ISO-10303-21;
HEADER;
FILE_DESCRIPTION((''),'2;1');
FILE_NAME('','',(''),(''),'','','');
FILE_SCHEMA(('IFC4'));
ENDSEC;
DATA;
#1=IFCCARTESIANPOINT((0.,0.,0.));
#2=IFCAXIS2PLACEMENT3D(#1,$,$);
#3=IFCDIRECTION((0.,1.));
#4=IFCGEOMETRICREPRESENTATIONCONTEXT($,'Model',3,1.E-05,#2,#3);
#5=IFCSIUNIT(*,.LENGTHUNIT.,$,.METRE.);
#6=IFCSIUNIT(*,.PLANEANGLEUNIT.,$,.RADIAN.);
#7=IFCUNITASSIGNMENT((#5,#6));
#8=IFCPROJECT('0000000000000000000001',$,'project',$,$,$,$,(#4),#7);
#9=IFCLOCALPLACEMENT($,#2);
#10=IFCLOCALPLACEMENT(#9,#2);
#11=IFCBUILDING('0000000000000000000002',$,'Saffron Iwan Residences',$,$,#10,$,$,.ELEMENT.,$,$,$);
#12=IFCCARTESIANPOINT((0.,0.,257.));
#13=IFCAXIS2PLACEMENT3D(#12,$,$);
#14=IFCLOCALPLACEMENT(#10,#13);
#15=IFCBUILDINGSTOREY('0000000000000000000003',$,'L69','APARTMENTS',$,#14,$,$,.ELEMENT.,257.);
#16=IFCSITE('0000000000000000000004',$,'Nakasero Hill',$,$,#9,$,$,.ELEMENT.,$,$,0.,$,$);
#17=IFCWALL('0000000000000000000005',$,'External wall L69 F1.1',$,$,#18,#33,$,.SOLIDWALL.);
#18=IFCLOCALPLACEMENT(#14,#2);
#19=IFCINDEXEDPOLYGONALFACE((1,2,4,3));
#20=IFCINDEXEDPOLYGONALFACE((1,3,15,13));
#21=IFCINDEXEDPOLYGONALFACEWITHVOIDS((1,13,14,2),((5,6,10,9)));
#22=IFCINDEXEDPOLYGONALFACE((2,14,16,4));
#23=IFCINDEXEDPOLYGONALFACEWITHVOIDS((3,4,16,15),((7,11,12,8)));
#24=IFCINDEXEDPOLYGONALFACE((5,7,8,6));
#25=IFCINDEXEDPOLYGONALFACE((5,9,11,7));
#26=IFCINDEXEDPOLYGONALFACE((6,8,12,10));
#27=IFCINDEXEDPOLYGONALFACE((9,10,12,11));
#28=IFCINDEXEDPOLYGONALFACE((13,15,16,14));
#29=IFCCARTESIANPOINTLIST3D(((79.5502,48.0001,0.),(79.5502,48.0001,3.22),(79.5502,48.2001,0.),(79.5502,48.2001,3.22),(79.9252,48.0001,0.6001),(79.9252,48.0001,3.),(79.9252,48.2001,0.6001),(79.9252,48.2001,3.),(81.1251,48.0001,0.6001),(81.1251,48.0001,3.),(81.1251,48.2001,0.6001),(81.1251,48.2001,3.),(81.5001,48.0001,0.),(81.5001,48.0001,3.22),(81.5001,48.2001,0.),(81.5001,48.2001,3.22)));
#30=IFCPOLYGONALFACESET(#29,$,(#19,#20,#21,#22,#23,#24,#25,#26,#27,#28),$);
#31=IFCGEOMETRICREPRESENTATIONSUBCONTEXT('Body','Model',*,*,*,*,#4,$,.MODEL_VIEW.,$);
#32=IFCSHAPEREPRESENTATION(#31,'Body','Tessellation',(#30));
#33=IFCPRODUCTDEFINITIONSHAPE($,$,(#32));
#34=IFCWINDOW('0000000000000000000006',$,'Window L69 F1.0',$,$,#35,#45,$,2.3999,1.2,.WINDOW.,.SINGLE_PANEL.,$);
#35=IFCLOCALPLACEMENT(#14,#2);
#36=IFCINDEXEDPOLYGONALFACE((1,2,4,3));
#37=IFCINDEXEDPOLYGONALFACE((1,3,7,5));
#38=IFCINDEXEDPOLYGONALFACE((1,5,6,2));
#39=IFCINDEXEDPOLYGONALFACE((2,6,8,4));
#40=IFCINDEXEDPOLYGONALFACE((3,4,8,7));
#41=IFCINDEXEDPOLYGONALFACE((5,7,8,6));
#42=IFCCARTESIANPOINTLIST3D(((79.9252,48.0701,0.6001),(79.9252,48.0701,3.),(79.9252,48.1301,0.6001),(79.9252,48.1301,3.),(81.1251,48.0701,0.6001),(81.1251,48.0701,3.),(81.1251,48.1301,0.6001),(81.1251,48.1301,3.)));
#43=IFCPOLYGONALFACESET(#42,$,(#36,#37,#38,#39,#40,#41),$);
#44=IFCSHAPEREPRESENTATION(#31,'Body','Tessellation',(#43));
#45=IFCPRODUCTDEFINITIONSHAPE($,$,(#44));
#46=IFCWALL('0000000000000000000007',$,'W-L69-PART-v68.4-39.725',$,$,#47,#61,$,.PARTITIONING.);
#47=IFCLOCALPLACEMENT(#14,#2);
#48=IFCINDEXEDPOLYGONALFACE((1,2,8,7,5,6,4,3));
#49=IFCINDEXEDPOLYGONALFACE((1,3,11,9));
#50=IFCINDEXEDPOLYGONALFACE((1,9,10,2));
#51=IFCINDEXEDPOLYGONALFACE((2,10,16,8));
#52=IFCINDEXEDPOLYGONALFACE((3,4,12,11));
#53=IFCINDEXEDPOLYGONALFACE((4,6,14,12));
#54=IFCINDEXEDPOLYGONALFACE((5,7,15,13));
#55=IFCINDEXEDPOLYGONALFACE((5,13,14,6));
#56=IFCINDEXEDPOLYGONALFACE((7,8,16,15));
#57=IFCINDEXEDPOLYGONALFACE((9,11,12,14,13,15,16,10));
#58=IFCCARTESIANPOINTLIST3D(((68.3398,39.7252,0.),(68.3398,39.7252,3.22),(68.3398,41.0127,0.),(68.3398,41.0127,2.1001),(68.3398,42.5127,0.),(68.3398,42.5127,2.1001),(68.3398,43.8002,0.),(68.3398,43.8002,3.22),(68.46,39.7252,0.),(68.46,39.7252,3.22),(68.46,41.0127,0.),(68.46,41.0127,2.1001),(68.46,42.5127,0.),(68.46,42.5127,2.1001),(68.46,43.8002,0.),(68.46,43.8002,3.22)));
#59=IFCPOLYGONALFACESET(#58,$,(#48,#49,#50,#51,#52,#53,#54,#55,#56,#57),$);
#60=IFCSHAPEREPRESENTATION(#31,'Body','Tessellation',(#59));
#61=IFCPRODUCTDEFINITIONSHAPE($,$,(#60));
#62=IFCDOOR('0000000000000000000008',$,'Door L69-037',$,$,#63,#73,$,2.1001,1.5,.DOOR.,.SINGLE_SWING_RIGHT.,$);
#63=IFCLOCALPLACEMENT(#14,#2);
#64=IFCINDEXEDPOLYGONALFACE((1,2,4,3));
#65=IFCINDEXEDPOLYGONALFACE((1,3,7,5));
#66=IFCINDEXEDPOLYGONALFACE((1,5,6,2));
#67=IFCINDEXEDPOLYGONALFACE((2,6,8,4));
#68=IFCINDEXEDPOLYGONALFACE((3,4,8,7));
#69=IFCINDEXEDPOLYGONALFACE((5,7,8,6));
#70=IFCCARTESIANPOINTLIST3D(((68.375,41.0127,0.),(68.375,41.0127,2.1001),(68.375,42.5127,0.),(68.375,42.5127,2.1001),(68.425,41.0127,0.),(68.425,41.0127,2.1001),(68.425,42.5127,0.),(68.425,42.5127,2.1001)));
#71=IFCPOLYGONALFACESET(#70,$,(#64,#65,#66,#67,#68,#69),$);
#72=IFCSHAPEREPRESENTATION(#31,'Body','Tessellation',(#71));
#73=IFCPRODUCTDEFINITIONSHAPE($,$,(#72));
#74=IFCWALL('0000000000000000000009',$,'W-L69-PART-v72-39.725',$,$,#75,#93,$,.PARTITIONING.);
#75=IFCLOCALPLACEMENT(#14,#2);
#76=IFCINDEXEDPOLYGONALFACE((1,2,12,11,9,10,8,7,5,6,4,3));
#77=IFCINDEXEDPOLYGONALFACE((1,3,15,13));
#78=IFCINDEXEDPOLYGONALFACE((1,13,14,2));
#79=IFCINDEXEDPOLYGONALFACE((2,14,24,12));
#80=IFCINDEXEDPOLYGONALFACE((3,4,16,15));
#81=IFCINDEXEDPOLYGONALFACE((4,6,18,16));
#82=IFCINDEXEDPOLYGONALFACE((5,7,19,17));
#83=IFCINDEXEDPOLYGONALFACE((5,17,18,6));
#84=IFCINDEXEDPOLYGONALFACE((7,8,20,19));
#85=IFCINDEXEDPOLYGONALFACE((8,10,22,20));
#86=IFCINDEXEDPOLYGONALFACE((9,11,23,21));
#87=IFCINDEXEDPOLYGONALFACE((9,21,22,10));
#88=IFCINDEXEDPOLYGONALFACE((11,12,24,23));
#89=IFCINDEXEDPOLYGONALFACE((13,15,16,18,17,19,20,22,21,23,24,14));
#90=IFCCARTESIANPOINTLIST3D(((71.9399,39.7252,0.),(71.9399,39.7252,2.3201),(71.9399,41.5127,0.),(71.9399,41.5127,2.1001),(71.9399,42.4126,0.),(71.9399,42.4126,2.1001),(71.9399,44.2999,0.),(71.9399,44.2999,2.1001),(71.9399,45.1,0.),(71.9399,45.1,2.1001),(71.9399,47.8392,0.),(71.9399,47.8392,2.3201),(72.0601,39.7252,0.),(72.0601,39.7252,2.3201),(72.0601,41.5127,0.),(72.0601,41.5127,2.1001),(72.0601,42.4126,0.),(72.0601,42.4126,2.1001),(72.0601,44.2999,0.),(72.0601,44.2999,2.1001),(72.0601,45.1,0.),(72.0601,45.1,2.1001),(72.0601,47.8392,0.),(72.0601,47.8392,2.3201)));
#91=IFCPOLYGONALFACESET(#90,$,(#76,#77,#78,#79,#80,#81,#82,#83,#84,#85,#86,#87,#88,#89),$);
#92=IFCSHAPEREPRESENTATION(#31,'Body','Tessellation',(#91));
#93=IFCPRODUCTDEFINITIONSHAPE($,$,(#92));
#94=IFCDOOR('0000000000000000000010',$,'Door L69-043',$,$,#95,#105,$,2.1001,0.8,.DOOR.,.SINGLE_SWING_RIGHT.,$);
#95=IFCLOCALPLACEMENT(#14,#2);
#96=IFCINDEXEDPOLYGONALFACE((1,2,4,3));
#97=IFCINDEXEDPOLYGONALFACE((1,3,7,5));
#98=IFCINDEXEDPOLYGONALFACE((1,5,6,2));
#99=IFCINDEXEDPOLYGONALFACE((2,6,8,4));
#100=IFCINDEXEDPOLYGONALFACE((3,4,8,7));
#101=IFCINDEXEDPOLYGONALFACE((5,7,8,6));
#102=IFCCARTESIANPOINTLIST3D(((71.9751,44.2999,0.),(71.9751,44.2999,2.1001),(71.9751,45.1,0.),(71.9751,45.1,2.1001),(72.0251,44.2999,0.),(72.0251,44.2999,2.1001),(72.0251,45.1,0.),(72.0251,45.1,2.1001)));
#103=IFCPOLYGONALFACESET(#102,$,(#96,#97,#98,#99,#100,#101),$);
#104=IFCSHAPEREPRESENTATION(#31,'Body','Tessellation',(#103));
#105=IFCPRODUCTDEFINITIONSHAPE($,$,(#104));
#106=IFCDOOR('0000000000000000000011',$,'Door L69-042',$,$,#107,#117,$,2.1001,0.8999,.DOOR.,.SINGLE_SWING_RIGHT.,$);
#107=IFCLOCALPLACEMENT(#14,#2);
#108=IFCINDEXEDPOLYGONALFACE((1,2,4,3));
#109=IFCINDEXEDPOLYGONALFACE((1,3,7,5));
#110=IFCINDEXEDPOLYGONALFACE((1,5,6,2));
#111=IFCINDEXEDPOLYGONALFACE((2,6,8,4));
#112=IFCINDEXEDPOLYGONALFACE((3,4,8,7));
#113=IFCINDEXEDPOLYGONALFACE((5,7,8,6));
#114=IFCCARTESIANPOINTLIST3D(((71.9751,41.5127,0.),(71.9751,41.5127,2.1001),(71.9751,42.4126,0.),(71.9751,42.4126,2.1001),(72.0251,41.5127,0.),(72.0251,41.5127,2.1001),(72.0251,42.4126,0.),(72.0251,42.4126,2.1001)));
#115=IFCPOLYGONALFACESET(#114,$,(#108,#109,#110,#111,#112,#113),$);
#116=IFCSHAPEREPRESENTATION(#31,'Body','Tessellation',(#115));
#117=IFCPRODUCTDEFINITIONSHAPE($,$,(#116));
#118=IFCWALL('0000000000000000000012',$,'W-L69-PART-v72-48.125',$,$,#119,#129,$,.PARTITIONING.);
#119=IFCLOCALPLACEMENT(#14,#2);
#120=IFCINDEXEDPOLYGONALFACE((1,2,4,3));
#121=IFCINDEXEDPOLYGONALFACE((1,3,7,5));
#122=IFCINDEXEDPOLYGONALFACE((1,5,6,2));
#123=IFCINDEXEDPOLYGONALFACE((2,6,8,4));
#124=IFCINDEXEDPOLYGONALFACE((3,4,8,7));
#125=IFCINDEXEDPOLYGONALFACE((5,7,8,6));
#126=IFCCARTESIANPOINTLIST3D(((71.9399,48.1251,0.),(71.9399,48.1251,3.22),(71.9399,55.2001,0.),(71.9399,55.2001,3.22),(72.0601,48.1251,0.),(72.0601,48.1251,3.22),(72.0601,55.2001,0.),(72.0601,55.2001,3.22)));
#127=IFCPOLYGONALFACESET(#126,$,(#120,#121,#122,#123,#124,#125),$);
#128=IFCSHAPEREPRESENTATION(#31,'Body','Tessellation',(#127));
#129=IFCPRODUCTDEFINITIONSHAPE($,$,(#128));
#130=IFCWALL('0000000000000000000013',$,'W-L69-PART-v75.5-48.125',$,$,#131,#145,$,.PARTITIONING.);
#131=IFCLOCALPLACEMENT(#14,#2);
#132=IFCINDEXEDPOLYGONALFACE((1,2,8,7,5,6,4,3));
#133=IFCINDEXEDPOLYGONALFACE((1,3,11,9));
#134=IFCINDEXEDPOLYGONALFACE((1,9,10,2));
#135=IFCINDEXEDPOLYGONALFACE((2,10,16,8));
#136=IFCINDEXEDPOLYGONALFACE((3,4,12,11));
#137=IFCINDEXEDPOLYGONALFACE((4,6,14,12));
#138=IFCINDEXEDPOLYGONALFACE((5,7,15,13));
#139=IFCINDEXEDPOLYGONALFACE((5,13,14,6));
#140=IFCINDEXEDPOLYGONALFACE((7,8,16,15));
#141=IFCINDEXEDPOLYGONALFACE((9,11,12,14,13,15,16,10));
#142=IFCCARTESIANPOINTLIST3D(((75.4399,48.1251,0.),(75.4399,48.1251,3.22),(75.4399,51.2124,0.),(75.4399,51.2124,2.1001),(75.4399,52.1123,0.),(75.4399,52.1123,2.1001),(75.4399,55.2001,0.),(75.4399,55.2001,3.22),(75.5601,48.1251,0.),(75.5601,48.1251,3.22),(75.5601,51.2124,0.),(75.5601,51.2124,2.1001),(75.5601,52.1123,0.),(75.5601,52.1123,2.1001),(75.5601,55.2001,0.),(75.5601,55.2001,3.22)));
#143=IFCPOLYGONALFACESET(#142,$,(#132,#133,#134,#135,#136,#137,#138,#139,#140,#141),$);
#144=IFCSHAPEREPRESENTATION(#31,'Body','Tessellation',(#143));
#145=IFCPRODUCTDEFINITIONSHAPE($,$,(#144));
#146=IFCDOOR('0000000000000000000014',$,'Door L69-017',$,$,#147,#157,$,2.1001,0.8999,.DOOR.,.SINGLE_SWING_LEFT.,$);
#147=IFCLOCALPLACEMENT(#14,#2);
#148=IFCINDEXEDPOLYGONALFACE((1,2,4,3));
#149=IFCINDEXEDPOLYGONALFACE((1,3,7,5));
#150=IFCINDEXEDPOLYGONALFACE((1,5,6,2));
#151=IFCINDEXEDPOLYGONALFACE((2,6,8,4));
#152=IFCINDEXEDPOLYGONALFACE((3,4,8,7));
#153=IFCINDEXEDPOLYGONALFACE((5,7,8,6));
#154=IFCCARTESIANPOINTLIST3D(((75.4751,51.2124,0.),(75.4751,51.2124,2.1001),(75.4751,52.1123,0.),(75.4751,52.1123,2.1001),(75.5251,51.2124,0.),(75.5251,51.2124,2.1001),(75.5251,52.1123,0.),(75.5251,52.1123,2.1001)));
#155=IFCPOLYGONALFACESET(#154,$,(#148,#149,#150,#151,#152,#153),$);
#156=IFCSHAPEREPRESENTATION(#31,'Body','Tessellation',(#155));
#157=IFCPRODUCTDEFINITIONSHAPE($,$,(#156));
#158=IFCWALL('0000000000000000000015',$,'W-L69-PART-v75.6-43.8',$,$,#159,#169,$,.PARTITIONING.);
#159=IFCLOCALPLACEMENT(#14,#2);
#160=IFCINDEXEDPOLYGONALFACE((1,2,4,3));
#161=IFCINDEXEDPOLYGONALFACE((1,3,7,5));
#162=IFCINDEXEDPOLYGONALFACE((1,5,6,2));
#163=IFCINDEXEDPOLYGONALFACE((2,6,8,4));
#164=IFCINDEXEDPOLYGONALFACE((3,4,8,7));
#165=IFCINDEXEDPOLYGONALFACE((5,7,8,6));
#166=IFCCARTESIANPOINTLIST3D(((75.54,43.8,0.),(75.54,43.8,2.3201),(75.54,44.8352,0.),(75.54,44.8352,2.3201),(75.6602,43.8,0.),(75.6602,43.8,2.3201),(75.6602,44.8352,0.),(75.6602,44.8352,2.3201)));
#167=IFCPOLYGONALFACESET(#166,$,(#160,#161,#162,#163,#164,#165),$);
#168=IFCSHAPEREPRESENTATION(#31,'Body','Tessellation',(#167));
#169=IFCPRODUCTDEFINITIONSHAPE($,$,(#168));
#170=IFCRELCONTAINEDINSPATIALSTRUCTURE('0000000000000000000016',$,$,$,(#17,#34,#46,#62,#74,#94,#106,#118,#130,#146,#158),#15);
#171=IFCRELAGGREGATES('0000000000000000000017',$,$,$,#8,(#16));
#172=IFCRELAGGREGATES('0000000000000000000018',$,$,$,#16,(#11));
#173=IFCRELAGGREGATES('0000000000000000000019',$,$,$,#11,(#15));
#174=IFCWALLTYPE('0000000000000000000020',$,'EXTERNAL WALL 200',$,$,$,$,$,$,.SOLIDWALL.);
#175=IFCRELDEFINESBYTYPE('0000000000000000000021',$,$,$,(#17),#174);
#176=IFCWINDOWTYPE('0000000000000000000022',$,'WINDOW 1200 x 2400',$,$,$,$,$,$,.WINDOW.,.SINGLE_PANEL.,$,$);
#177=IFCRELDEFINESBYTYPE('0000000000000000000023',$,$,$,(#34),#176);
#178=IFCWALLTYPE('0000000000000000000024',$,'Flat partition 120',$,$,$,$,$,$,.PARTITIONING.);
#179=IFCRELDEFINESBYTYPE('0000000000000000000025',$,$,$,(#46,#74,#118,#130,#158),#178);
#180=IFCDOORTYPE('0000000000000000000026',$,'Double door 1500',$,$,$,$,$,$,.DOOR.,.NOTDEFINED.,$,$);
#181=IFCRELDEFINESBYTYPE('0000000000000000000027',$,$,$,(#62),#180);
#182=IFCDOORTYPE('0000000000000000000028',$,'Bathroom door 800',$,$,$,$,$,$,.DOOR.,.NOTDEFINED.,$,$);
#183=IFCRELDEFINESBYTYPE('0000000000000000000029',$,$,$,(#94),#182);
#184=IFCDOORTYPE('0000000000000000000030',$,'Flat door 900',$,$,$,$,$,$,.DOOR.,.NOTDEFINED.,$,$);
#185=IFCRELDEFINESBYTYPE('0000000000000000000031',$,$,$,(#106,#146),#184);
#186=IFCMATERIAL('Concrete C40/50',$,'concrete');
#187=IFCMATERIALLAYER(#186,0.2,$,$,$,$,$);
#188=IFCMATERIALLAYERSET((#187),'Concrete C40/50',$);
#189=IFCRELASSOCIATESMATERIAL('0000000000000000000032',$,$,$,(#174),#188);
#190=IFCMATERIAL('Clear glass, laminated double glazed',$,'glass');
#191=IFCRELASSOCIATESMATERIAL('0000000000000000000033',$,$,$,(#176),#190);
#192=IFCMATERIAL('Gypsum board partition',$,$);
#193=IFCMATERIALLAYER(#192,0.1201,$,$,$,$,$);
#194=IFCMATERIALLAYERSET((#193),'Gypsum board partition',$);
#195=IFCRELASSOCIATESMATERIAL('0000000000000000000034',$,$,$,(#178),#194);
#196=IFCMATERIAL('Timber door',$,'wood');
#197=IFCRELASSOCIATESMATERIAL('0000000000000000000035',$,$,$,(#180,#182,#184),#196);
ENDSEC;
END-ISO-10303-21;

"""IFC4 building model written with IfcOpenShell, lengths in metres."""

from ifc_helpers import new_model, si_unit, direction, frame, frame_2d, origin, place, context, subcontext, project, spatial, rectangle, extrude, material, layer, layer_set, type_object, element, fill, save


model = new_model("IFC4")

# Units and contexts
model_context = context("Model", 3, precision=1e-05, world=origin(), true_north=direction((0.0, 1.0)))
body_context = subcontext(model_context, "Body", "Model", "MODEL_VIEW")
ifc_project = project(units=[si_unit("LENGTHUNIT", "METRE"), si_unit("PLANEANGLEUNIT", "RADIAN")], contexts=[model_context])

# Site, building, storey
site_placement = place(None, origin())
site = spatial("IfcSite", under=ifc_project, at=site_placement, Name="Nakasero Hill", CompositionType="ELEMENT", RefElevation=0.0)
building_placement = place(site_placement, origin())
building = spatial("IfcBuilding", under=site, at=building_placement, Name="Saffron Iwan Residences", CompositionType="ELEMENT")
storey_placement = place(building_placement, frame((0.0, 0.0, 257.0)))
storey = spatial("IfcBuildingStorey", under=building, at=storey_placement, Name="L69", Description="APARTMENTS", CompositionType="ELEMENT", Elevation=257.0)

# Shared definitions
ifc_material_1 = material(Name="Concrete C40/50", Category="concrete")

# Shared definitions
ifc_layer_1 = layer(ifc_material_1, 0.2)
ifc_layer_set_1 = layer_set([ifc_layer_1], Name="Concrete C40/50")
wall_type_1 = type_object("IfcWallType", Name="EXTERNAL WALL 200", PredefinedType="SOLIDWALL", material=ifc_layer_set_1)
ifc_material_2 = material(Name="Clear glass, laminated double glazed", Category="glass")

# Wall, opening, window
wall_1_placement = place(storey_placement, frame((79.55, 48.1001, 0.0), z_axis=(0.0, 0.0, 1.0), x_axis=(1.0, 0.0, 0.0)))
wall_1 = element("IfcWall", 1, at=wall_1_placement, inside=storey, type_object=wall_type_1, Name="External wall L69 F1.1", PredefinedType="SOLIDWALL", context=body_context, shape_type="SweptSolid", body=[
    extrude(rectangle(XDim=1.95, YDim=0.2, at=frame_2d((0.9751, 0.0))), origin(), (0.0, 0.0, 1.0), 3.22),
])
opening_1_placement = place(wall_1_placement, frame((0.375, 0.0, 0.6001)))
opening_1 = element("IfcOpeningElement", 2, at=opening_1_placement, cuts=wall_1, PredefinedType="OPENING", context=body_context, shape_type="SweptSolid", body=[
    extrude(rectangle(XDim=1.2, YDim=2.3999, at=frame_2d((0.6001, 1.2))), frame((0.0, 0.1099, 0.0), z_axis=(0.0, -1.0, 0.0), x_axis=(1.0, 0.0, 0.0)), (0.0, 0.0, 1.0), 0.22),
])
window_type_1 = type_object("IfcWindowType", Name="WINDOW 1200 x 2400", PartitioningType="SINGLE_PANEL", PredefinedType="WINDOW", material=ifc_material_2)
window_1_placement = place(opening_1_placement, origin())
window_1 = element("IfcWindow", 3, at=window_1_placement, inside=storey, type_object=window_type_1, Name="Window L69 F1.0", OverallHeight=2.3999, OverallWidth=1.2, PartitioningType="SINGLE_PANEL", PredefinedType="WINDOW", context=body_context, shape_type="SweptSolid", body=[
    extrude(rectangle(XDim=1.2, YDim=2.3999, at=frame_2d((0.6001, 1.2))), frame((0.0, 0.03, 0.0), z_axis=(0.0, -1.0, 0.0), x_axis=(1.0, 0.0, 0.0)), (0.0, 0.0, 1.0), 0.0601),
])
fill(opening_1, window_1)

# Wall, opening, door
ifc_material_3 = material(Name="Gypsum board partition")
ifc_layer_2 = layer(ifc_material_3, 0.1201)
ifc_layer_set_2 = layer_set([ifc_layer_2], Name="Gypsum board partition")
wall_type_2 = type_object("IfcWallType", Name="Flat partition 120", PredefinedType="PARTITIONING", material=ifc_layer_set_2)
wall_2_placement = place(storey_placement, frame((68.3999, 39.7251, 0.0), z_axis=(0.0, 0.0, 1.0), x_axis=(0.0, 1.0, 0.0)))
wall_2 = element("IfcWall", 4, at=wall_2_placement, inside=storey, type_object=wall_type_2, Name="W-L69-PART-v68.4-39.725", PredefinedType="PARTITIONING", context=body_context, shape_type="SweptSolid", body=[
    extrude(rectangle(XDim=4.075, YDim=0.1201, at=frame_2d((2.0376, 0.0))), origin(), (0.0, 0.0, 1.0), 3.22),
])
opening_2_placement = place(wall_2_placement, frame((1.2876, 0.0, 0.0)))
opening_2 = element("IfcOpeningElement", 5, at=opening_2_placement, cuts=wall_2, PredefinedType="OPENING", context=body_context, shape_type="SweptSolid", body=[
    extrude(rectangle(XDim=1.5, YDim=2.1001, at=frame_2d((0.75, 1.05))), frame((0.0, 0.0701, 0.0), z_axis=(0.0, -1.0, 0.0), x_axis=(1.0, 0.0, 0.0)), (0.0, 0.0, 1.0), 0.1401),
])
ifc_material_4 = material(Name="Timber door", Category="wood")
door_type_1 = type_object("IfcDoorType", Name="Double door 1500", OperationType="NOTDEFINED", PredefinedType="DOOR", material=ifc_material_4)
door_1_placement = place(opening_2_placement, origin())
door_1 = element("IfcDoor", 6, at=door_1_placement, inside=storey, type_object=door_type_1, Name="Door L69-037", OperationType="SINGLE_SWING_RIGHT", OverallHeight=2.1001, OverallWidth=1.5, PredefinedType="DOOR", context=body_context, shape_type="SweptSolid", body=[
    extrude(rectangle(XDim=1.5, YDim=2.1001, at=frame_2d((0.75, 1.05))), frame((0.0, 0.0249, 0.0), z_axis=(0.0, -1.0, 0.0), x_axis=(1.0, 0.0, 0.0)), (0.0, 0.0, 1.0), 0.05),
])
fill(opening_2, door_1)

# Wall, openings, doors
wall_3_placement = place(storey_placement, frame((72.0, 39.7251, 0.0), z_axis=(0.0, 0.0, 1.0), x_axis=(0.0, 1.0, 0.0)))
wall_3 = element("IfcWall", 7, at=wall_3_placement, inside=storey, type_object=wall_type_2, Name="W-L69-PART-v72-39.725", PredefinedType="PARTITIONING", context=body_context, shape_type="SweptSolid", body=[
    extrude(rectangle(XDim=8.114, YDim=0.1201, at=frame_2d((4.0571, 0.0))), origin(), (0.0, 0.0, 1.0), 2.3201),
])
opening_3_placement = place(wall_3_placement, frame((1.7876, 0.0, 0.0)))
opening_3 = element("IfcOpeningElement", 8, at=opening_3_placement, cuts=wall_3, PredefinedType="OPENING", context=body_context, shape_type="SweptSolid", body=[
    extrude(rectangle(XDim=0.8999, YDim=2.1001, at=frame_2d((0.45, 1.05))), frame((0.0, 0.0701, 0.0), z_axis=(0.0, -1.0, 0.0), x_axis=(1.0, 0.0, 0.0)), (0.0, 0.0, 1.0), 0.1401),
])
opening_4_placement = place(wall_3_placement, frame((4.575, 0.0, 0.0)))
opening_4 = element("IfcOpeningElement", 9, at=opening_4_placement, cuts=wall_3, PredefinedType="OPENING", context=body_context, shape_type="SweptSolid", body=[
    extrude(rectangle(XDim=0.8, YDim=2.1001, at=frame_2d((0.3999, 1.05))), frame((0.0, 0.0701, 0.0), z_axis=(0.0, -1.0, 0.0), x_axis=(1.0, 0.0, 0.0)), (0.0, 0.0, 1.0), 0.1401),
])
door_type_2 = type_object("IfcDoorType", Name="Bathroom door 800", OperationType="NOTDEFINED", PredefinedType="DOOR", material=ifc_material_4)
door_2_placement = place(opening_4_placement, origin())
door_2 = element("IfcDoor", 10, at=door_2_placement, inside=storey, type_object=door_type_2, Name="Door L69-043", OperationType="SINGLE_SWING_RIGHT", OverallHeight=2.1001, OverallWidth=0.8, PredefinedType="DOOR", context=body_context, shape_type="SweptSolid", body=[
    extrude(rectangle(XDim=0.8, YDim=2.1001, at=frame_2d((0.3999, 1.05))), frame((0.0, 0.0249, 0.0), z_axis=(0.0, -1.0, 0.0), x_axis=(1.0, 0.0, 0.0)), (0.0, 0.0, 1.0), 0.05),
])
fill(opening_4, door_2)
door_type_3 = type_object("IfcDoorType", Name="Flat door 900", OperationType="NOTDEFINED", PredefinedType="DOOR", material=ifc_material_4)
door_3_placement = place(opening_3_placement, origin())
door_3 = element("IfcDoor", 11, at=door_3_placement, inside=storey, type_object=door_type_3, Name="Door L69-042", OperationType="SINGLE_SWING_RIGHT", OverallHeight=2.1001, OverallWidth=0.8999, PredefinedType="DOOR", context=body_context, shape_type="SweptSolid", body=[
    extrude(rectangle(XDim=0.8999, YDim=2.1001, at=frame_2d((0.45, 1.05))), frame((0.0, 0.0249, 0.0), z_axis=(0.0, -1.0, 0.0), x_axis=(1.0, 0.0, 0.0)), (0.0, 0.0, 1.0), 0.05),
])
fill(opening_3, door_3)

# Wall
wall_4_placement = place(storey_placement, frame((72.0, 48.125, 0.0), z_axis=(0.0, 0.0, 1.0), x_axis=(0.0, 1.0, 0.0)))
element("IfcWall", 12, at=wall_4_placement, inside=storey, type_object=wall_type_2, Name="W-L69-PART-v72-48.125", PredefinedType="PARTITIONING", context=body_context, shape_type="SweptSolid", body=[
    extrude(rectangle(XDim=7.075, YDim=0.1201, at=frame_2d((3.5376, 0.0))), origin(), (0.0, 0.0, 1.0), 3.22),
])

# Wall, opening, door
wall_5_placement = place(storey_placement, frame((75.5, 48.125, 0.0), z_axis=(0.0, 0.0, 1.0), x_axis=(0.0, 1.0, 0.0)))
wall_5 = element("IfcWall", 13, at=wall_5_placement, inside=storey, type_object=wall_type_2, Name="W-L69-PART-v75.5-48.125", PredefinedType="PARTITIONING", context=body_context, shape_type="SweptSolid", body=[
    extrude(rectangle(XDim=7.075, YDim=0.1201, at=frame_2d((3.5376, 0.0))), origin(), (0.0, 0.0, 1.0), 3.22),
])
opening_5_placement = place(wall_5_placement, frame((3.0874, 0.0, 0.0)))
opening_5 = element("IfcOpeningElement", 14, at=opening_5_placement, cuts=wall_5, PredefinedType="OPENING", context=body_context, shape_type="SweptSolid", body=[
    extrude(rectangle(XDim=0.8999, YDim=2.1001, at=frame_2d((0.45, 1.05))), frame((0.0, 0.0701, 0.0), z_axis=(0.0, -1.0, 0.0), x_axis=(1.0, 0.0, 0.0)), (0.0, 0.0, 1.0), 0.1401),
])
door_4_placement = place(opening_5_placement, origin())
door_4 = element("IfcDoor", 15, at=door_4_placement, inside=storey, type_object=door_type_3, Name="Door L69-017", OperationType="SINGLE_SWING_LEFT", OverallHeight=2.1001, OverallWidth=0.8999, PredefinedType="DOOR", context=body_context, shape_type="SweptSolid", body=[
    extrude(rectangle(XDim=0.8999, YDim=2.1001, at=frame_2d((0.45, 1.05))), frame((0.0, 0.0249, 0.0), z_axis=(0.0, -1.0, 0.0), x_axis=(1.0, 0.0, 0.0)), (0.0, 0.0, 1.0), 0.05),
])
fill(opening_5, door_4)

# Wall
wall_6_placement = place(storey_placement, frame((75.6001, 43.8, 0.0), z_axis=(0.0, 0.0, 1.0), x_axis=(0.0, 1.0, 0.0)))
element("IfcWall", 16, at=wall_6_placement, inside=storey, type_object=wall_type_2, Name="W-L69-PART-v75.6-43.8", PredefinedType="PARTITIONING", context=body_context, shape_type="SweptSolid", body=[
    extrude(rectangle(XDim=1.0352, YDim=0.1201, at=frame_2d((0.5176, 0.0))), origin(), (0.0, 0.0, 1.0), 2.3201),
])

save(model, "model.ifc")
